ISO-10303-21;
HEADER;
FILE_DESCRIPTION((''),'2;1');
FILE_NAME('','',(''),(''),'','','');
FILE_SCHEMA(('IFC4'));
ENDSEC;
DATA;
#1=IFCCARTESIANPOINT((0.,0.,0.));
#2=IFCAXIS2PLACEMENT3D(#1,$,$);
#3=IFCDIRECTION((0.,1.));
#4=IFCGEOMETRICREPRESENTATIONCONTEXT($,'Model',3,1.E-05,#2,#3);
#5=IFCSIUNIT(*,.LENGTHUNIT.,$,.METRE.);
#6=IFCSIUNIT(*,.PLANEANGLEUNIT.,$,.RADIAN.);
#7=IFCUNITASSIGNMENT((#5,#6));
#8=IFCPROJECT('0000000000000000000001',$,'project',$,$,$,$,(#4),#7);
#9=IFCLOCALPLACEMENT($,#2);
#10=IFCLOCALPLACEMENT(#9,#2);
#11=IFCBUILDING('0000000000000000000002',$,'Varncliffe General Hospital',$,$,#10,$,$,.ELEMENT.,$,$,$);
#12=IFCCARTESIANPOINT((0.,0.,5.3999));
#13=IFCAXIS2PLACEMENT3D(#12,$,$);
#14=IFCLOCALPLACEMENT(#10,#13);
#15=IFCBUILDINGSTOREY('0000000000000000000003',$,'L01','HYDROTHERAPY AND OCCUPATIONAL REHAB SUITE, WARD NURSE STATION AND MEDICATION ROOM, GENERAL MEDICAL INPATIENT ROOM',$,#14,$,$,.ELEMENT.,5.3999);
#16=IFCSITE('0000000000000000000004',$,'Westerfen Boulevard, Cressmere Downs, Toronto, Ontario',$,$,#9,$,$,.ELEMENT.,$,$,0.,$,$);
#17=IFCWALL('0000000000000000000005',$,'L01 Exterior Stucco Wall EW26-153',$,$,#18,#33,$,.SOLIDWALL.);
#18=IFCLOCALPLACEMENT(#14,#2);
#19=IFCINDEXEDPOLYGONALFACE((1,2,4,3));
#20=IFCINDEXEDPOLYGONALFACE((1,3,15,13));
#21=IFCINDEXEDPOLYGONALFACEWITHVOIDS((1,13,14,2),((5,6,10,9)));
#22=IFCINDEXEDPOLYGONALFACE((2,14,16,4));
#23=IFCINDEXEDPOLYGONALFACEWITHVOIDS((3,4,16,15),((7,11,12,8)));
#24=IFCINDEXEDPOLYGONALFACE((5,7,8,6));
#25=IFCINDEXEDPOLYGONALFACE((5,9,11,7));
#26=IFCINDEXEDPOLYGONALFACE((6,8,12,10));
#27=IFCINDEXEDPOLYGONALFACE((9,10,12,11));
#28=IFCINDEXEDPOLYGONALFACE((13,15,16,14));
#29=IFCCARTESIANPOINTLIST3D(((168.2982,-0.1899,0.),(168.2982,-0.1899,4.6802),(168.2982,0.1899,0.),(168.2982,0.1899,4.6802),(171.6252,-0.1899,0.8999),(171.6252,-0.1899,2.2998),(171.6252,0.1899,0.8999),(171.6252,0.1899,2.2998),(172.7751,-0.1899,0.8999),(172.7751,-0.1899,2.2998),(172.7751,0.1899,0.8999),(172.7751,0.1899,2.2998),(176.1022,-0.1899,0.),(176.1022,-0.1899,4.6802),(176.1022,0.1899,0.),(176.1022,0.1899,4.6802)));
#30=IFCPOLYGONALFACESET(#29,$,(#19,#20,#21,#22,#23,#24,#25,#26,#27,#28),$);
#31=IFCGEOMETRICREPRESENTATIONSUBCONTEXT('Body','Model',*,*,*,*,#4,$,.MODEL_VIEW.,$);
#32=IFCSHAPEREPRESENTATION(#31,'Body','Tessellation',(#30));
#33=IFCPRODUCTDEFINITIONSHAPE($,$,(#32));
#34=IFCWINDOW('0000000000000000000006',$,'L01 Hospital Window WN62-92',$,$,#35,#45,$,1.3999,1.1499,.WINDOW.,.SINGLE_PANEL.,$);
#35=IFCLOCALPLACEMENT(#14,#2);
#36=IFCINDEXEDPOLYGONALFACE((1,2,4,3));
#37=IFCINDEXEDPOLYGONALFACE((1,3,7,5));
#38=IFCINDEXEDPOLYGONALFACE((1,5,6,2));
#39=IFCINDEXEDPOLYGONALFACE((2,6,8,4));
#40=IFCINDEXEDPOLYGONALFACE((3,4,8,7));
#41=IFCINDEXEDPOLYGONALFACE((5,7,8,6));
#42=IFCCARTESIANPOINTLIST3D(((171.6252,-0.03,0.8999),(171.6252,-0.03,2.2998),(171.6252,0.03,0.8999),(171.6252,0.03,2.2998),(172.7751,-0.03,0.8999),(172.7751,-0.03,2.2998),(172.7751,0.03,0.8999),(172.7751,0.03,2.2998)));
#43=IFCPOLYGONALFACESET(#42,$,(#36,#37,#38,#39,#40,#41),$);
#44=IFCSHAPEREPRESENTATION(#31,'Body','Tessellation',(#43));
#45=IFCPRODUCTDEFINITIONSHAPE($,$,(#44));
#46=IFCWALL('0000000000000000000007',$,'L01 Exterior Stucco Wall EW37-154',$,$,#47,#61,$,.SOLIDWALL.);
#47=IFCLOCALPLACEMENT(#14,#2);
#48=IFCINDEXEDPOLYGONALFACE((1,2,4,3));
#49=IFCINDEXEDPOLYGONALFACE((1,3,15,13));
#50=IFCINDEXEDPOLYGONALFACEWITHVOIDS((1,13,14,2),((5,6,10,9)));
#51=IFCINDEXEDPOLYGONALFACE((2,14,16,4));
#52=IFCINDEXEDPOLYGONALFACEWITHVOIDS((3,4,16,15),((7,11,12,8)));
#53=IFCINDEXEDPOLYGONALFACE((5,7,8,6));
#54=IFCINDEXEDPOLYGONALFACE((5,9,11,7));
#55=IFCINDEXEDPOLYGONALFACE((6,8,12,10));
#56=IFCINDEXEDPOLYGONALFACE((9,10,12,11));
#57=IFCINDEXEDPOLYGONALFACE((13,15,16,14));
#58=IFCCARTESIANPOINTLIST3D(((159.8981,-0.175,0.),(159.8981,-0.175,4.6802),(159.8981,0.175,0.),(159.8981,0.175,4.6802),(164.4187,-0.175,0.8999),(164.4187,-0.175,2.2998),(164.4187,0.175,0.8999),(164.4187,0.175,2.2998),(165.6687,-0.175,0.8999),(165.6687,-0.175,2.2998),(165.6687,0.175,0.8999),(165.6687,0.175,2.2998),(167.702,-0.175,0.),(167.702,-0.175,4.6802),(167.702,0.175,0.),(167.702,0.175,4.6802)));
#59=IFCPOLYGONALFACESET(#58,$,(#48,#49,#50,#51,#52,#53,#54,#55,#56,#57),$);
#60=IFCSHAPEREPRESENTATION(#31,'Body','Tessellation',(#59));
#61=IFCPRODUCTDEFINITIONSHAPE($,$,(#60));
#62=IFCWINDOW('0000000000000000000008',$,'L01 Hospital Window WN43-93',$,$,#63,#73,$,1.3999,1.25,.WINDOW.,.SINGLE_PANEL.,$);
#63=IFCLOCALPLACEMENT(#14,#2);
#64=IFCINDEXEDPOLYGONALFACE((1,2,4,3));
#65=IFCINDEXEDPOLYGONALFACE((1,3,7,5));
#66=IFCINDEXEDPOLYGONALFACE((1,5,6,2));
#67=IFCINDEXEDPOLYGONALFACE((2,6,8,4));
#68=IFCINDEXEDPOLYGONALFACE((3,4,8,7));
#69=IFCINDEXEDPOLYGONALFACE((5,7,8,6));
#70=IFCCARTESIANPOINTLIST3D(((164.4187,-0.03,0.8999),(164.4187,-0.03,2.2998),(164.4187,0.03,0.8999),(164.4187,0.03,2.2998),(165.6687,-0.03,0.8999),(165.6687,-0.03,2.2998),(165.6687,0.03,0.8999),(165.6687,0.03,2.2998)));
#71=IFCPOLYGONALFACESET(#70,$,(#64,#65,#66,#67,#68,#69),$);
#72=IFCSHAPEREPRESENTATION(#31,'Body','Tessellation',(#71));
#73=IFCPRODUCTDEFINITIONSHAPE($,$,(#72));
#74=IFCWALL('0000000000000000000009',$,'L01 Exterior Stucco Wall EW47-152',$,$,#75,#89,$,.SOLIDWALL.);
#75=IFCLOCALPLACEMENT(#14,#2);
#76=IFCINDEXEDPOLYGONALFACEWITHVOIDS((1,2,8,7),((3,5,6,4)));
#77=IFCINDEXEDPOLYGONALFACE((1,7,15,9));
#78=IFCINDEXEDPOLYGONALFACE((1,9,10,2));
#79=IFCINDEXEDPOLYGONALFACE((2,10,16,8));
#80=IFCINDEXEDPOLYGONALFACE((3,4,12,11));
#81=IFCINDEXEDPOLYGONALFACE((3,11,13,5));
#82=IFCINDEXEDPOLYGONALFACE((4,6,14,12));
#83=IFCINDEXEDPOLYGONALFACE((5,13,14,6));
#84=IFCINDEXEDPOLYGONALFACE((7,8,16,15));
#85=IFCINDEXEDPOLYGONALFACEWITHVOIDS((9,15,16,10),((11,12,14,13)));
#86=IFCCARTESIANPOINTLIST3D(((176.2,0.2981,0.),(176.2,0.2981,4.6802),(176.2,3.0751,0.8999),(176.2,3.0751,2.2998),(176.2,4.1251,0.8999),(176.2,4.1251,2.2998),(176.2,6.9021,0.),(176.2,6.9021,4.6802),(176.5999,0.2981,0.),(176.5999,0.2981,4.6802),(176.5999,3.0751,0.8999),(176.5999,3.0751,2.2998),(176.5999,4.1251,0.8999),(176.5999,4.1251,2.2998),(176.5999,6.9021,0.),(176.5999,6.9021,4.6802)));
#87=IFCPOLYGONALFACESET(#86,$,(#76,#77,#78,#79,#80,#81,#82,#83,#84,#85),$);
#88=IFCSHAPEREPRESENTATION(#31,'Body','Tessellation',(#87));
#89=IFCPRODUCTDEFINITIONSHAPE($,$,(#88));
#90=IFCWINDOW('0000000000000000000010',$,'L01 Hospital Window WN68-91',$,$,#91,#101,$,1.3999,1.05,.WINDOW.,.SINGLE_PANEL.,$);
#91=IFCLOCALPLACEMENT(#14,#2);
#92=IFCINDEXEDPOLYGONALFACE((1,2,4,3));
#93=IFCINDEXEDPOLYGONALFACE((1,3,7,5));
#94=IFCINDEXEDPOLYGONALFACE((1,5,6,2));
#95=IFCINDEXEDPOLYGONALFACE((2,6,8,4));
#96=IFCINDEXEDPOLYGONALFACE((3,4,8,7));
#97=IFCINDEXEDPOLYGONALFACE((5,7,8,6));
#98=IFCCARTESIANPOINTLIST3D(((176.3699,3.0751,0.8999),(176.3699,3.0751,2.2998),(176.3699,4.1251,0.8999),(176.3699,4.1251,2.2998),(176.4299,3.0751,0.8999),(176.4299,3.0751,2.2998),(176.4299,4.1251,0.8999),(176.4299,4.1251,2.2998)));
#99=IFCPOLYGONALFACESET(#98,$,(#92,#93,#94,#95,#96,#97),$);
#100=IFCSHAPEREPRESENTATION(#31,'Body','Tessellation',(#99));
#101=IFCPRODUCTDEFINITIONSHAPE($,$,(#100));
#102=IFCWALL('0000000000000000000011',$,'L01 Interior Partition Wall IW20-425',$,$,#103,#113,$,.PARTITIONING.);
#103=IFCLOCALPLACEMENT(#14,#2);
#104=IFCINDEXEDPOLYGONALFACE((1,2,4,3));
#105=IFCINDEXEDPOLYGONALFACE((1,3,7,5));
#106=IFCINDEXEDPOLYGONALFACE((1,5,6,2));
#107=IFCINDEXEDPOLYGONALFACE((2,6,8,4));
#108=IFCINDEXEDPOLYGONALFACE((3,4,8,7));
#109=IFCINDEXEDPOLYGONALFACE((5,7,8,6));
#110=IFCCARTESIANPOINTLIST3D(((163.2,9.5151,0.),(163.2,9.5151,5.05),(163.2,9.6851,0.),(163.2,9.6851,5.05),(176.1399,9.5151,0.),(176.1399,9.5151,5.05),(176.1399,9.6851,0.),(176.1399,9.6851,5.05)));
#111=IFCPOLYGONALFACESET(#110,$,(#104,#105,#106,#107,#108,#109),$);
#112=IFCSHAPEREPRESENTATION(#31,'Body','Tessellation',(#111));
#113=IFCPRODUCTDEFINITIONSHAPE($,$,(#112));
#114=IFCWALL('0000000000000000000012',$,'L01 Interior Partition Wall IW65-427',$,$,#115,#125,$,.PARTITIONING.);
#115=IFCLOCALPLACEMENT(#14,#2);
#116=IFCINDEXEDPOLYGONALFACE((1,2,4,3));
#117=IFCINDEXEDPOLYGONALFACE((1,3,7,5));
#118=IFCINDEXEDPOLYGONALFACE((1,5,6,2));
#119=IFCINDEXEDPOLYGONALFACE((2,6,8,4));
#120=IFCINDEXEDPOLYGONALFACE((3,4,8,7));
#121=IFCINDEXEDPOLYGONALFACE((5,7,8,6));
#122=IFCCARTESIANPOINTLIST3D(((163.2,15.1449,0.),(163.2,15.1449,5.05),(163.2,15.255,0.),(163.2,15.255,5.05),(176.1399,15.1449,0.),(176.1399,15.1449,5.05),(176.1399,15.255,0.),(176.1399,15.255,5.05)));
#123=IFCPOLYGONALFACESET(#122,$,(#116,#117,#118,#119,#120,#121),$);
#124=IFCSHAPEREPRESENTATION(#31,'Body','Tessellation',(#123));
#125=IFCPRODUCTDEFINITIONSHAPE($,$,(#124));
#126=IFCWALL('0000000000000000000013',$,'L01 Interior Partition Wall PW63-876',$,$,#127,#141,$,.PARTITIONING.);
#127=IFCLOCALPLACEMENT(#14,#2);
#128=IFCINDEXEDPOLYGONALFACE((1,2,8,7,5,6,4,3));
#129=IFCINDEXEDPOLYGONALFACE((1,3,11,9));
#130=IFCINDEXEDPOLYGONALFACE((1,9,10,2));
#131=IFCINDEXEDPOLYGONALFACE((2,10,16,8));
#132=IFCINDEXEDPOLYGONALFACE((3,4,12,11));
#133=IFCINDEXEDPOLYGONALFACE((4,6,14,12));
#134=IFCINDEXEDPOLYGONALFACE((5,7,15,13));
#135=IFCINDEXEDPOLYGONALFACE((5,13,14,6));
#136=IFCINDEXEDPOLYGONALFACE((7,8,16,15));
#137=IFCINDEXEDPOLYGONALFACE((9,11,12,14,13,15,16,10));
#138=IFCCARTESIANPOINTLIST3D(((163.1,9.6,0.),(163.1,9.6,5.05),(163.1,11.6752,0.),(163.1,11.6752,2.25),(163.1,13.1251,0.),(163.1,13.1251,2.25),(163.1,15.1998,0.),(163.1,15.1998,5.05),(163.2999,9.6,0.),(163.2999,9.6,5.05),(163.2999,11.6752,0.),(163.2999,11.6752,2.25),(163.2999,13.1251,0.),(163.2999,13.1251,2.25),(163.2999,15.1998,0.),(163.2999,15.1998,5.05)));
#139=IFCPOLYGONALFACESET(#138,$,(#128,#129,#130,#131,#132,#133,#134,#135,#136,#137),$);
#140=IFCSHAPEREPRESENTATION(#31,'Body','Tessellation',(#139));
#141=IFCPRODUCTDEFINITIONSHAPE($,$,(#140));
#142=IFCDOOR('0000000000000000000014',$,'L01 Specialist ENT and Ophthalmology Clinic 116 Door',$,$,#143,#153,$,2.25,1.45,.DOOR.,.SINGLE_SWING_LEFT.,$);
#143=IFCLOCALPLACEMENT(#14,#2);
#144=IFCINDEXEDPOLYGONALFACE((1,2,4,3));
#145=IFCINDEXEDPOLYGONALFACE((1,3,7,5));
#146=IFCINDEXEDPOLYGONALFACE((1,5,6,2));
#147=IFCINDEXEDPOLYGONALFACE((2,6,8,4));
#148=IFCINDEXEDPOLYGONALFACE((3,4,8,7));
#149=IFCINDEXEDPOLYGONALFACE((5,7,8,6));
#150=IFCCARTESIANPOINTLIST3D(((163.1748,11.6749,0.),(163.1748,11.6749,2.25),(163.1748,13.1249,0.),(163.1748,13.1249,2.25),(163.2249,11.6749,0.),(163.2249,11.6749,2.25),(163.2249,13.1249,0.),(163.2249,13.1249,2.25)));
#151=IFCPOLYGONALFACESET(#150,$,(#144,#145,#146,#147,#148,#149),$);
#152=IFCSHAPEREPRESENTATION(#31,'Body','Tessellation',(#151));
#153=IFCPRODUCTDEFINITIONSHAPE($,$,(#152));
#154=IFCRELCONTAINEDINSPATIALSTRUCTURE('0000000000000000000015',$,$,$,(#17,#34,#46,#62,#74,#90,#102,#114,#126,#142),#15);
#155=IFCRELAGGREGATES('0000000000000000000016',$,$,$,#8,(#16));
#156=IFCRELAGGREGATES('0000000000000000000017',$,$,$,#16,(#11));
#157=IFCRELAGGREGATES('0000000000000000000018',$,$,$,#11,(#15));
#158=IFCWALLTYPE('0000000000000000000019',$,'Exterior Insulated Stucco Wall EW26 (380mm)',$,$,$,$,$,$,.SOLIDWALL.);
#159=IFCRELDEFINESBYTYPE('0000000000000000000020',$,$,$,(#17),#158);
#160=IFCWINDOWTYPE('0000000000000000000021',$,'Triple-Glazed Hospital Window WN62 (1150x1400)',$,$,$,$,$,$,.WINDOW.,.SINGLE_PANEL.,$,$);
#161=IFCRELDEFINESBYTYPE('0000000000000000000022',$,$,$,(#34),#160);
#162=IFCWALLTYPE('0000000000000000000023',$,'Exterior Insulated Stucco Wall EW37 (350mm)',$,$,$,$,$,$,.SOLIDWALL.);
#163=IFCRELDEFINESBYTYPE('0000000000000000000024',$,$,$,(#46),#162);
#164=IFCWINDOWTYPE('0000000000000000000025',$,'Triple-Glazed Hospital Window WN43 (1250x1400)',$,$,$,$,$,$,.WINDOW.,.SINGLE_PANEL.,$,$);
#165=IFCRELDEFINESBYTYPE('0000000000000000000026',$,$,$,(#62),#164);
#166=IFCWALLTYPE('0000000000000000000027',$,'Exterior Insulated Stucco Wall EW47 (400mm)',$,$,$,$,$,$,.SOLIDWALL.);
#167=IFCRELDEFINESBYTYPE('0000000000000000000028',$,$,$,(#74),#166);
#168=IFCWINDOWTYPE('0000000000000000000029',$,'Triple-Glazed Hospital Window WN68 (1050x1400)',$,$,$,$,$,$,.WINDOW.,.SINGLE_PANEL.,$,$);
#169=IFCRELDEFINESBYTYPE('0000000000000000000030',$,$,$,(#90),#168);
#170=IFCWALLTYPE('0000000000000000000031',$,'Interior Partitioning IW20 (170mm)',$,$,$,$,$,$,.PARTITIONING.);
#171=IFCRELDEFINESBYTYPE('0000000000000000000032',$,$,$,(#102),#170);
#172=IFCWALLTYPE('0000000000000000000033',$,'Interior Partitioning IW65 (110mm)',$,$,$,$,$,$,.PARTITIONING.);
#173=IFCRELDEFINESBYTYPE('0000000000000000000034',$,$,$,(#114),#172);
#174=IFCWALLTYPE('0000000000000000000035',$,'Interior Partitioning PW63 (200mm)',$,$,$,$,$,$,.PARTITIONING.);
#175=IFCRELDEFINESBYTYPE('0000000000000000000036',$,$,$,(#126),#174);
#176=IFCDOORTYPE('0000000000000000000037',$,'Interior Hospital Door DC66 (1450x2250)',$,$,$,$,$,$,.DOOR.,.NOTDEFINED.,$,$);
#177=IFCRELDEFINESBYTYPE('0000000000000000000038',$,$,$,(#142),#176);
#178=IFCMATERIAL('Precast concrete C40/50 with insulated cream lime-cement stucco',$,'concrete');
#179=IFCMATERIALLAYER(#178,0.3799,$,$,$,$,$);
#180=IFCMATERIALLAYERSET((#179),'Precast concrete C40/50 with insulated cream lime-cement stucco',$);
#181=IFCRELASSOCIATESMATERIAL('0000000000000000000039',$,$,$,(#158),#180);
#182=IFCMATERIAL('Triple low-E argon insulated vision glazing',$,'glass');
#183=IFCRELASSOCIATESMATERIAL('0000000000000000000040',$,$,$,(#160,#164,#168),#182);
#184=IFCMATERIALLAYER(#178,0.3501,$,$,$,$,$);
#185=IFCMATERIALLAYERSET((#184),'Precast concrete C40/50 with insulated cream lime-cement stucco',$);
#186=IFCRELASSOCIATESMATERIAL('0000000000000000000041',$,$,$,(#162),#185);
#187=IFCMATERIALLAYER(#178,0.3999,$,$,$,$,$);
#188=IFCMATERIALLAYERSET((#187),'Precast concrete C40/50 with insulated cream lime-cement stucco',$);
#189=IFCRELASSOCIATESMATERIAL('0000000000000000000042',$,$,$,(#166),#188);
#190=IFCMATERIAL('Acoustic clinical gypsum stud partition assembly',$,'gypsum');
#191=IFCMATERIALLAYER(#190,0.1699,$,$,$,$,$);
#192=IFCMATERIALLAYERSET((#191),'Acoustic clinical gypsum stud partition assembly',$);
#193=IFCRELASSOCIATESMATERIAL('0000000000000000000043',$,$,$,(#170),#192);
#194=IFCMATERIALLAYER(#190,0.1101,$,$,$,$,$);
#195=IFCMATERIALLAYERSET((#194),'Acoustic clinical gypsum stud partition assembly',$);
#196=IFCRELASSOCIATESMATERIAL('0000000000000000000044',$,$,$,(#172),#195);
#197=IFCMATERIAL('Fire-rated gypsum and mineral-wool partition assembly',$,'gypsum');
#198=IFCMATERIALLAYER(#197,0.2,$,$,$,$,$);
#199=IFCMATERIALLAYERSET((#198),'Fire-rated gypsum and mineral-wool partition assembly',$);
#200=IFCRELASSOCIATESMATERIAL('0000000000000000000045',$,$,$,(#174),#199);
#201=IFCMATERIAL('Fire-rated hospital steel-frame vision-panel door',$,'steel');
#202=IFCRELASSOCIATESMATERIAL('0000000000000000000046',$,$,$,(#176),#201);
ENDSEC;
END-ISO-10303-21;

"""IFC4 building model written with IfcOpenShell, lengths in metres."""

from ifc_helpers import new_model, si_unit, direction, frame, frame_2d, origin, place, context, subcontext, project, spatial, rectangle, extrude, material, layer, layer_set, type_object, element, fill, save


model = new_model("IFC4")

# Units and contexts
model_context = context("Model", 3, precision=1e-05, world=origin(), true_north=direction((0.0, 1.0)))
body_context = subcontext(model_context, "Body", "Model", "MODEL_VIEW")
ifc_project = project(units=[si_unit("LENGTHUNIT", "METRE"), si_unit("PLANEANGLEUNIT", "RADIAN")], contexts=[model_context])

# Site, building, storey
site_placement = place(None, origin())
site = spatial("IfcSite", under=ifc_project, at=site_placement, Name="Westerfen Boulevard, Cressmere Downs, Toronto, Ontario", CompositionType="ELEMENT", RefElevation=0.0)
building_placement = place(site_placement, origin())
building = spatial("IfcBuilding", under=site, at=building_placement, Name="Varncliffe General Hospital", CompositionType="ELEMENT")
storey_placement = place(building_placement, frame((0.0, 0.0, 5.3999)))
storey = spatial("IfcBuildingStorey", under=building, at=storey_placement, Name="L01", Description="HYDROTHERAPY AND OCCUPATIONAL REHAB SUITE, WARD NURSE STATION AND MEDICATION ROOM, GENERAL MEDICAL INPATIENT ROOM", CompositionType="ELEMENT", Elevation=5.3999)

# Walls, openings, windows
ifc_material_1 = material(Name="Precast concrete C40/50 with insulated cream lime-cement stucco", Category="concrete")
ifc_layer_1 = layer(ifc_material_1, 0.3799)
ifc_layer_set_1 = layer_set([ifc_layer_1], Name="Precast concrete C40/50 with insulated cream lime-cement stucco")
wall_type_1 = type_object("IfcWallType", Name="Exterior Insulated Stucco Wall EW26 (380mm)", PredefinedType="SOLIDWALL", material=ifc_layer_set_1)
wall_1_placement = place(storey_placement, frame((176.1021, 0.0, 0.0), z_axis=(0.0, 0.0, 1.0), x_axis=(-1.0, 0.0, 0.0)))
wall_1 = element("IfcWall", 1, at=wall_1_placement, inside=storey, type_object=wall_type_1, Name="L01 Exterior Stucco Wall EW26-153", PredefinedType="SOLIDWALL", context=body_context, shape_type="SweptSolid", body=[
    extrude(rectangle(XDim=7.804, YDim=0.3799, at=frame_2d((3.9019, 0.0))), origin(), (0.0, 0.0, 1.0), 4.6802),
])
opening_1_placement = place(wall_1_placement, frame((3.3269, 0.0, 0.8999)))
opening_1 = element("IfcOpeningElement", 2, at=opening_1_placement, cuts=wall_1, PredefinedType="OPENING", context=body_context, shape_type="SweptSolid", body=[
    extrude(rectangle(XDim=1.1499, YDim=1.3999, at=frame_2d((0.575, 0.7))), frame((0.0, 0.2, 0.0), z_axis=(0.0, -1.0, 0.0), x_axis=(1.0, 0.0, 0.0)), (0.0, 0.0, 1.0), 0.3999),
])
ifc_material_2 = material(Name="Triple low-E argon insulated vision glazing", Category="glass")
window_type_1 = type_object("IfcWindowType", Name="Triple-Glazed Hospital Window WN62 (1150x1400)", PartitioningType="SINGLE_PANEL", PredefinedType="WINDOW", material=ifc_material_2)
window_1_placement = place(opening_1_placement, origin())
window_1 = element("IfcWindow", 3, at=window_1_placement, inside=storey, type_object=window_type_1, Name="L01 Hospital Window WN62-92", OverallHeight=1.3999, OverallWidth=1.1499, PartitioningType="SINGLE_PANEL", PredefinedType="WINDOW", context=body_context, shape_type="SweptSolid", body=[
    extrude(rectangle(XDim=1.1499, YDim=1.3999, at=frame_2d((0.575, 0.7))), frame((0.0, 0.03, 0.0), z_axis=(0.0, -1.0, 0.0), x_axis=(1.0, 0.0, 0.0)), (0.0, 0.0, 1.0), 0.0601),
])
fill(opening_1, window_1)
ifc_layer_2 = layer(ifc_material_1, 0.3501)
ifc_layer_set_2 = layer_set([ifc_layer_2], Name="Precast concrete C40/50 with insulated cream lime-cement stucco")
wall_type_2 = type_object("IfcWallType", Name="Exterior Insulated Stucco Wall EW37 (350mm)", PredefinedType="SOLIDWALL", material=ifc_layer_set_2)
wall_2_placement = place(storey_placement, frame((167.7019, 0.0, 0.0), z_axis=(0.0, 0.0, 1.0), x_axis=(-1.0, 0.0, 0.0)))
wall_2 = element("IfcWall", 4, at=wall_2_placement, inside=storey, type_object=wall_type_2, Name="L01 Exterior Stucco Wall EW37-154", PredefinedType="SOLIDWALL", context=body_context, shape_type="SweptSolid", body=[
    extrude(rectangle(XDim=7.804, YDim=0.3501, at=frame_2d((3.9019, 0.0))), origin(), (0.0, 0.0, 1.0), 4.6802),
])
opening_2_placement = place(wall_2_placement, frame((2.0332, 0.0, 0.8999)))
opening_2 = element("IfcOpeningElement", 5, at=opening_2_placement, cuts=wall_2, PredefinedType="OPENING", context=body_context, shape_type="SweptSolid", body=[
    extrude(rectangle(XDim=1.25, YDim=1.3999, at=frame_2d((0.625, 0.7))), frame((0.0, 0.1851, 0.0), z_axis=(0.0, -1.0, 0.0), x_axis=(1.0, 0.0, 0.0)), (0.0, 0.0, 1.0), 0.3701),
])
window_type_2 = type_object("IfcWindowType", Name="Triple-Glazed Hospital Window WN43 (1250x1400)", PartitioningType="SINGLE_PANEL", PredefinedType="WINDOW", material=ifc_material_2)
window_2_placement = place(opening_2_placement, origin())
window_2 = element("IfcWindow", 6, at=window_2_placement, inside=storey, type_object=window_type_2, Name="L01 Hospital Window WN43-93", OverallHeight=1.3999, OverallWidth=1.25, PartitioningType="SINGLE_PANEL", PredefinedType="WINDOW", context=body_context, shape_type="SweptSolid", body=[
    extrude(rectangle(XDim=1.25, YDim=1.3999, at=frame_2d((0.625, 0.7))), frame((0.0, 0.03, 0.0), z_axis=(0.0, -1.0, 0.0), x_axis=(1.0, 0.0, 0.0)), (0.0, 0.0, 1.0), 0.0601),
])
fill(opening_2, window_2)
ifc_layer_3 = layer(ifc_material_1, 0.3999)
ifc_layer_set_3 = layer_set([ifc_layer_3], Name="Precast concrete C40/50 with insulated cream lime-cement stucco")
wall_type_3 = type_object("IfcWallType", Name="Exterior Insulated Stucco Wall EW47 (400mm)", PredefinedType="SOLIDWALL", material=ifc_layer_set_3)
wall_3_placement = place(storey_placement, frame((176.3999, 6.9021, 0.0), z_axis=(0.0, 0.0, 1.0), x_axis=(0.0, -1.0, 0.0)))
wall_3 = element("IfcWall", 7, at=wall_3_placement, inside=storey, type_object=wall_type_3, Name="L01 Exterior Stucco Wall EW47-152", PredefinedType="SOLIDWALL", context=body_context, shape_type="SweptSolid", body=[
    extrude(rectangle(XDim=6.604, YDim=0.3999, at=frame_2d((3.302, 0.0))), origin(), (0.0, 0.0, 1.0), 4.6802),
])
opening_3_placement = place(wall_3_placement, frame((2.7771, 0.0, 0.8999)))
opening_3 = element("IfcOpeningElement", 8, at=opening_3_placement, cuts=wall_3, PredefinedType="OPENING", context=body_context, shape_type="SweptSolid", body=[
    extrude(rectangle(XDim=1.05, YDim=1.3999, at=frame_2d((0.5249, 0.7))), frame((0.0, 0.21, 0.0), z_axis=(0.0, -1.0, 0.0), x_axis=(1.0, 0.0, 0.0)), (0.0, 0.0, 1.0), 0.4199),
])
window_type_3 = type_object("IfcWindowType", Name="Triple-Glazed Hospital Window WN68 (1050x1400)", PartitioningType="SINGLE_PANEL", PredefinedType="WINDOW", material=ifc_material_2)
window_3_placement = place(opening_3_placement, origin())
window_3 = element("IfcWindow", 9, at=window_3_placement, inside=storey, type_object=window_type_3, Name="L01 Hospital Window WN68-91", OverallHeight=1.3999, OverallWidth=1.05, PartitioningType="SINGLE_PANEL", PredefinedType="WINDOW", context=body_context, shape_type="SweptSolid", body=[
    extrude(rectangle(XDim=1.05, YDim=1.3999, at=frame_2d((0.5249, 0.7))), frame((0.0, 0.03, 0.0), z_axis=(0.0, -1.0, 0.0), x_axis=(1.0, 0.0, 0.0)), (0.0, 0.0, 1.0), 0.0601),
])
fill(opening_3, window_3)

# Walls
ifc_material_3 = material(Name="Acoustic clinical gypsum stud partition assembly", Category="gypsum")
ifc_layer_4 = layer(ifc_material_3, 0.1699)
ifc_layer_set_4 = layer_set([ifc_layer_4], Name="Acoustic clinical gypsum stud partition assembly")
wall_type_4 = type_object("IfcWallType", Name="Interior Partitioning IW20 (170mm)", PredefinedType="PARTITIONING", material=ifc_layer_set_4)
wall_4_placement = place(storey_placement, frame((163.2, 9.6001, 0.0), z_axis=(0.0, 0.0, 1.0), x_axis=(1.0, 0.0, 0.0)))
element("IfcWall", 10, at=wall_4_placement, inside=storey, type_object=wall_type_4, Name="L01 Interior Partition Wall IW20-425", PredefinedType="PARTITIONING", context=body_context, shape_type="SweptSolid", body=[
    extrude(rectangle(XDim=12.9399, YDim=0.1699, at=frame_2d((6.47, 0.0))), origin(), (0.0, 0.0, 1.0), 5.05),
])
ifc_layer_5 = layer(ifc_material_3, 0.1101)
ifc_layer_set_5 = layer_set([ifc_layer_5], Name="Acoustic clinical gypsum stud partition assembly")
wall_type_5 = type_object("IfcWallType", Name="Interior Partitioning IW65 (110mm)", PredefinedType="PARTITIONING", material=ifc_layer_set_5)
wall_5_placement = place(storey_placement, frame((163.2, 15.2, 0.0), z_axis=(0.0, 0.0, 1.0), x_axis=(1.0, 0.0, 0.0)))
element("IfcWall", 11, at=wall_5_placement, inside=storey, type_object=wall_type_5, Name="L01 Interior Partition Wall IW65-427", PredefinedType="PARTITIONING", context=body_context, shape_type="SweptSolid", body=[
    extrude(rectangle(XDim=12.9399, YDim=0.1101, at=frame_2d((6.47, 0.0))), origin(), (0.0, 0.0, 1.0), 5.05),
])

# Wall, opening, door
ifc_material_4 = material(Name="Fire-rated gypsum and mineral-wool partition assembly", Category="gypsum")
ifc_layer_6 = layer(ifc_material_4, 0.2)
ifc_layer_set_6 = layer_set([ifc_layer_6], Name="Fire-rated gypsum and mineral-wool partition assembly")
wall_type_6 = type_object("IfcWallType", Name="Interior Partitioning PW63 (200mm)", PredefinedType="PARTITIONING", material=ifc_layer_set_6)
wall_6_placement = place(storey_placement, frame((163.2, 9.6001, 0.0), z_axis=(0.0, 0.0, 1.0), x_axis=(0.0, 1.0, 0.0)))
wall_6 = element("IfcWall", 12, at=wall_6_placement, inside=storey, type_object=wall_type_6, Name="L01 Interior Partition Wall PW63-876", PredefinedType="PARTITIONING", context=body_context, shape_type="SweptSolid", body=[
    extrude(rectangle(XDim=5.5999, YDim=0.2, at=frame_2d((2.7998, 0.0))), origin(), (0.0, 0.0, 1.0), 5.05),
])
opening_4_placement = place(wall_6_placement, frame((2.075, 0.0, 0.0)))
opening_4 = element("IfcOpeningElement", 13, at=opening_4_placement, cuts=wall_6, PredefinedType="OPENING", context=body_context, shape_type="SweptSolid", body=[
    extrude(rectangle(XDim=1.45, YDim=2.25, at=frame_2d((0.7251, 1.125))), frame((0.0, 0.1099, 0.0), z_axis=(0.0, -1.0, 0.0), x_axis=(1.0, 0.0, 0.0)), (0.0, 0.0, 1.0), 0.22),
])
ifc_material_5 = material(Name="Fire-rated hospital steel-frame vision-panel door", Category="steel")
door_type = type_object("IfcDoorType", Name="Interior Hospital Door DC66 (1450x2250)", OperationType="NOTDEFINED", PredefinedType="DOOR", material=ifc_material_5)
door_placement = place(opening_4_placement, frame((1.45, 0.0, 0.0), z_axis=(0.0, 0.0, 1.0), x_axis=(-1.0, 0.0, 0.0)))
door = element("IfcDoor", 14, at=door_placement, inside=storey, type_object=door_type, Name="L01 Specialist ENT and Ophthalmology Clinic 116 Door", OperationType="SINGLE_SWING_LEFT", OverallHeight=2.25, OverallWidth=1.45, PredefinedType="DOOR", context=body_context, shape_type="SweptSolid", body=[
    extrude(rectangle(XDim=1.45, YDim=2.25, at=frame_2d((0.7251, 1.125))), frame((0.0, 0.0249, 0.0), z_axis=(0.0, -1.0, 0.0), x_axis=(1.0, 0.0, 0.0)), (0.0, 0.0, 1.0), 0.05),
])
fill(opening_4, door)

save(model, "model.ifc")
